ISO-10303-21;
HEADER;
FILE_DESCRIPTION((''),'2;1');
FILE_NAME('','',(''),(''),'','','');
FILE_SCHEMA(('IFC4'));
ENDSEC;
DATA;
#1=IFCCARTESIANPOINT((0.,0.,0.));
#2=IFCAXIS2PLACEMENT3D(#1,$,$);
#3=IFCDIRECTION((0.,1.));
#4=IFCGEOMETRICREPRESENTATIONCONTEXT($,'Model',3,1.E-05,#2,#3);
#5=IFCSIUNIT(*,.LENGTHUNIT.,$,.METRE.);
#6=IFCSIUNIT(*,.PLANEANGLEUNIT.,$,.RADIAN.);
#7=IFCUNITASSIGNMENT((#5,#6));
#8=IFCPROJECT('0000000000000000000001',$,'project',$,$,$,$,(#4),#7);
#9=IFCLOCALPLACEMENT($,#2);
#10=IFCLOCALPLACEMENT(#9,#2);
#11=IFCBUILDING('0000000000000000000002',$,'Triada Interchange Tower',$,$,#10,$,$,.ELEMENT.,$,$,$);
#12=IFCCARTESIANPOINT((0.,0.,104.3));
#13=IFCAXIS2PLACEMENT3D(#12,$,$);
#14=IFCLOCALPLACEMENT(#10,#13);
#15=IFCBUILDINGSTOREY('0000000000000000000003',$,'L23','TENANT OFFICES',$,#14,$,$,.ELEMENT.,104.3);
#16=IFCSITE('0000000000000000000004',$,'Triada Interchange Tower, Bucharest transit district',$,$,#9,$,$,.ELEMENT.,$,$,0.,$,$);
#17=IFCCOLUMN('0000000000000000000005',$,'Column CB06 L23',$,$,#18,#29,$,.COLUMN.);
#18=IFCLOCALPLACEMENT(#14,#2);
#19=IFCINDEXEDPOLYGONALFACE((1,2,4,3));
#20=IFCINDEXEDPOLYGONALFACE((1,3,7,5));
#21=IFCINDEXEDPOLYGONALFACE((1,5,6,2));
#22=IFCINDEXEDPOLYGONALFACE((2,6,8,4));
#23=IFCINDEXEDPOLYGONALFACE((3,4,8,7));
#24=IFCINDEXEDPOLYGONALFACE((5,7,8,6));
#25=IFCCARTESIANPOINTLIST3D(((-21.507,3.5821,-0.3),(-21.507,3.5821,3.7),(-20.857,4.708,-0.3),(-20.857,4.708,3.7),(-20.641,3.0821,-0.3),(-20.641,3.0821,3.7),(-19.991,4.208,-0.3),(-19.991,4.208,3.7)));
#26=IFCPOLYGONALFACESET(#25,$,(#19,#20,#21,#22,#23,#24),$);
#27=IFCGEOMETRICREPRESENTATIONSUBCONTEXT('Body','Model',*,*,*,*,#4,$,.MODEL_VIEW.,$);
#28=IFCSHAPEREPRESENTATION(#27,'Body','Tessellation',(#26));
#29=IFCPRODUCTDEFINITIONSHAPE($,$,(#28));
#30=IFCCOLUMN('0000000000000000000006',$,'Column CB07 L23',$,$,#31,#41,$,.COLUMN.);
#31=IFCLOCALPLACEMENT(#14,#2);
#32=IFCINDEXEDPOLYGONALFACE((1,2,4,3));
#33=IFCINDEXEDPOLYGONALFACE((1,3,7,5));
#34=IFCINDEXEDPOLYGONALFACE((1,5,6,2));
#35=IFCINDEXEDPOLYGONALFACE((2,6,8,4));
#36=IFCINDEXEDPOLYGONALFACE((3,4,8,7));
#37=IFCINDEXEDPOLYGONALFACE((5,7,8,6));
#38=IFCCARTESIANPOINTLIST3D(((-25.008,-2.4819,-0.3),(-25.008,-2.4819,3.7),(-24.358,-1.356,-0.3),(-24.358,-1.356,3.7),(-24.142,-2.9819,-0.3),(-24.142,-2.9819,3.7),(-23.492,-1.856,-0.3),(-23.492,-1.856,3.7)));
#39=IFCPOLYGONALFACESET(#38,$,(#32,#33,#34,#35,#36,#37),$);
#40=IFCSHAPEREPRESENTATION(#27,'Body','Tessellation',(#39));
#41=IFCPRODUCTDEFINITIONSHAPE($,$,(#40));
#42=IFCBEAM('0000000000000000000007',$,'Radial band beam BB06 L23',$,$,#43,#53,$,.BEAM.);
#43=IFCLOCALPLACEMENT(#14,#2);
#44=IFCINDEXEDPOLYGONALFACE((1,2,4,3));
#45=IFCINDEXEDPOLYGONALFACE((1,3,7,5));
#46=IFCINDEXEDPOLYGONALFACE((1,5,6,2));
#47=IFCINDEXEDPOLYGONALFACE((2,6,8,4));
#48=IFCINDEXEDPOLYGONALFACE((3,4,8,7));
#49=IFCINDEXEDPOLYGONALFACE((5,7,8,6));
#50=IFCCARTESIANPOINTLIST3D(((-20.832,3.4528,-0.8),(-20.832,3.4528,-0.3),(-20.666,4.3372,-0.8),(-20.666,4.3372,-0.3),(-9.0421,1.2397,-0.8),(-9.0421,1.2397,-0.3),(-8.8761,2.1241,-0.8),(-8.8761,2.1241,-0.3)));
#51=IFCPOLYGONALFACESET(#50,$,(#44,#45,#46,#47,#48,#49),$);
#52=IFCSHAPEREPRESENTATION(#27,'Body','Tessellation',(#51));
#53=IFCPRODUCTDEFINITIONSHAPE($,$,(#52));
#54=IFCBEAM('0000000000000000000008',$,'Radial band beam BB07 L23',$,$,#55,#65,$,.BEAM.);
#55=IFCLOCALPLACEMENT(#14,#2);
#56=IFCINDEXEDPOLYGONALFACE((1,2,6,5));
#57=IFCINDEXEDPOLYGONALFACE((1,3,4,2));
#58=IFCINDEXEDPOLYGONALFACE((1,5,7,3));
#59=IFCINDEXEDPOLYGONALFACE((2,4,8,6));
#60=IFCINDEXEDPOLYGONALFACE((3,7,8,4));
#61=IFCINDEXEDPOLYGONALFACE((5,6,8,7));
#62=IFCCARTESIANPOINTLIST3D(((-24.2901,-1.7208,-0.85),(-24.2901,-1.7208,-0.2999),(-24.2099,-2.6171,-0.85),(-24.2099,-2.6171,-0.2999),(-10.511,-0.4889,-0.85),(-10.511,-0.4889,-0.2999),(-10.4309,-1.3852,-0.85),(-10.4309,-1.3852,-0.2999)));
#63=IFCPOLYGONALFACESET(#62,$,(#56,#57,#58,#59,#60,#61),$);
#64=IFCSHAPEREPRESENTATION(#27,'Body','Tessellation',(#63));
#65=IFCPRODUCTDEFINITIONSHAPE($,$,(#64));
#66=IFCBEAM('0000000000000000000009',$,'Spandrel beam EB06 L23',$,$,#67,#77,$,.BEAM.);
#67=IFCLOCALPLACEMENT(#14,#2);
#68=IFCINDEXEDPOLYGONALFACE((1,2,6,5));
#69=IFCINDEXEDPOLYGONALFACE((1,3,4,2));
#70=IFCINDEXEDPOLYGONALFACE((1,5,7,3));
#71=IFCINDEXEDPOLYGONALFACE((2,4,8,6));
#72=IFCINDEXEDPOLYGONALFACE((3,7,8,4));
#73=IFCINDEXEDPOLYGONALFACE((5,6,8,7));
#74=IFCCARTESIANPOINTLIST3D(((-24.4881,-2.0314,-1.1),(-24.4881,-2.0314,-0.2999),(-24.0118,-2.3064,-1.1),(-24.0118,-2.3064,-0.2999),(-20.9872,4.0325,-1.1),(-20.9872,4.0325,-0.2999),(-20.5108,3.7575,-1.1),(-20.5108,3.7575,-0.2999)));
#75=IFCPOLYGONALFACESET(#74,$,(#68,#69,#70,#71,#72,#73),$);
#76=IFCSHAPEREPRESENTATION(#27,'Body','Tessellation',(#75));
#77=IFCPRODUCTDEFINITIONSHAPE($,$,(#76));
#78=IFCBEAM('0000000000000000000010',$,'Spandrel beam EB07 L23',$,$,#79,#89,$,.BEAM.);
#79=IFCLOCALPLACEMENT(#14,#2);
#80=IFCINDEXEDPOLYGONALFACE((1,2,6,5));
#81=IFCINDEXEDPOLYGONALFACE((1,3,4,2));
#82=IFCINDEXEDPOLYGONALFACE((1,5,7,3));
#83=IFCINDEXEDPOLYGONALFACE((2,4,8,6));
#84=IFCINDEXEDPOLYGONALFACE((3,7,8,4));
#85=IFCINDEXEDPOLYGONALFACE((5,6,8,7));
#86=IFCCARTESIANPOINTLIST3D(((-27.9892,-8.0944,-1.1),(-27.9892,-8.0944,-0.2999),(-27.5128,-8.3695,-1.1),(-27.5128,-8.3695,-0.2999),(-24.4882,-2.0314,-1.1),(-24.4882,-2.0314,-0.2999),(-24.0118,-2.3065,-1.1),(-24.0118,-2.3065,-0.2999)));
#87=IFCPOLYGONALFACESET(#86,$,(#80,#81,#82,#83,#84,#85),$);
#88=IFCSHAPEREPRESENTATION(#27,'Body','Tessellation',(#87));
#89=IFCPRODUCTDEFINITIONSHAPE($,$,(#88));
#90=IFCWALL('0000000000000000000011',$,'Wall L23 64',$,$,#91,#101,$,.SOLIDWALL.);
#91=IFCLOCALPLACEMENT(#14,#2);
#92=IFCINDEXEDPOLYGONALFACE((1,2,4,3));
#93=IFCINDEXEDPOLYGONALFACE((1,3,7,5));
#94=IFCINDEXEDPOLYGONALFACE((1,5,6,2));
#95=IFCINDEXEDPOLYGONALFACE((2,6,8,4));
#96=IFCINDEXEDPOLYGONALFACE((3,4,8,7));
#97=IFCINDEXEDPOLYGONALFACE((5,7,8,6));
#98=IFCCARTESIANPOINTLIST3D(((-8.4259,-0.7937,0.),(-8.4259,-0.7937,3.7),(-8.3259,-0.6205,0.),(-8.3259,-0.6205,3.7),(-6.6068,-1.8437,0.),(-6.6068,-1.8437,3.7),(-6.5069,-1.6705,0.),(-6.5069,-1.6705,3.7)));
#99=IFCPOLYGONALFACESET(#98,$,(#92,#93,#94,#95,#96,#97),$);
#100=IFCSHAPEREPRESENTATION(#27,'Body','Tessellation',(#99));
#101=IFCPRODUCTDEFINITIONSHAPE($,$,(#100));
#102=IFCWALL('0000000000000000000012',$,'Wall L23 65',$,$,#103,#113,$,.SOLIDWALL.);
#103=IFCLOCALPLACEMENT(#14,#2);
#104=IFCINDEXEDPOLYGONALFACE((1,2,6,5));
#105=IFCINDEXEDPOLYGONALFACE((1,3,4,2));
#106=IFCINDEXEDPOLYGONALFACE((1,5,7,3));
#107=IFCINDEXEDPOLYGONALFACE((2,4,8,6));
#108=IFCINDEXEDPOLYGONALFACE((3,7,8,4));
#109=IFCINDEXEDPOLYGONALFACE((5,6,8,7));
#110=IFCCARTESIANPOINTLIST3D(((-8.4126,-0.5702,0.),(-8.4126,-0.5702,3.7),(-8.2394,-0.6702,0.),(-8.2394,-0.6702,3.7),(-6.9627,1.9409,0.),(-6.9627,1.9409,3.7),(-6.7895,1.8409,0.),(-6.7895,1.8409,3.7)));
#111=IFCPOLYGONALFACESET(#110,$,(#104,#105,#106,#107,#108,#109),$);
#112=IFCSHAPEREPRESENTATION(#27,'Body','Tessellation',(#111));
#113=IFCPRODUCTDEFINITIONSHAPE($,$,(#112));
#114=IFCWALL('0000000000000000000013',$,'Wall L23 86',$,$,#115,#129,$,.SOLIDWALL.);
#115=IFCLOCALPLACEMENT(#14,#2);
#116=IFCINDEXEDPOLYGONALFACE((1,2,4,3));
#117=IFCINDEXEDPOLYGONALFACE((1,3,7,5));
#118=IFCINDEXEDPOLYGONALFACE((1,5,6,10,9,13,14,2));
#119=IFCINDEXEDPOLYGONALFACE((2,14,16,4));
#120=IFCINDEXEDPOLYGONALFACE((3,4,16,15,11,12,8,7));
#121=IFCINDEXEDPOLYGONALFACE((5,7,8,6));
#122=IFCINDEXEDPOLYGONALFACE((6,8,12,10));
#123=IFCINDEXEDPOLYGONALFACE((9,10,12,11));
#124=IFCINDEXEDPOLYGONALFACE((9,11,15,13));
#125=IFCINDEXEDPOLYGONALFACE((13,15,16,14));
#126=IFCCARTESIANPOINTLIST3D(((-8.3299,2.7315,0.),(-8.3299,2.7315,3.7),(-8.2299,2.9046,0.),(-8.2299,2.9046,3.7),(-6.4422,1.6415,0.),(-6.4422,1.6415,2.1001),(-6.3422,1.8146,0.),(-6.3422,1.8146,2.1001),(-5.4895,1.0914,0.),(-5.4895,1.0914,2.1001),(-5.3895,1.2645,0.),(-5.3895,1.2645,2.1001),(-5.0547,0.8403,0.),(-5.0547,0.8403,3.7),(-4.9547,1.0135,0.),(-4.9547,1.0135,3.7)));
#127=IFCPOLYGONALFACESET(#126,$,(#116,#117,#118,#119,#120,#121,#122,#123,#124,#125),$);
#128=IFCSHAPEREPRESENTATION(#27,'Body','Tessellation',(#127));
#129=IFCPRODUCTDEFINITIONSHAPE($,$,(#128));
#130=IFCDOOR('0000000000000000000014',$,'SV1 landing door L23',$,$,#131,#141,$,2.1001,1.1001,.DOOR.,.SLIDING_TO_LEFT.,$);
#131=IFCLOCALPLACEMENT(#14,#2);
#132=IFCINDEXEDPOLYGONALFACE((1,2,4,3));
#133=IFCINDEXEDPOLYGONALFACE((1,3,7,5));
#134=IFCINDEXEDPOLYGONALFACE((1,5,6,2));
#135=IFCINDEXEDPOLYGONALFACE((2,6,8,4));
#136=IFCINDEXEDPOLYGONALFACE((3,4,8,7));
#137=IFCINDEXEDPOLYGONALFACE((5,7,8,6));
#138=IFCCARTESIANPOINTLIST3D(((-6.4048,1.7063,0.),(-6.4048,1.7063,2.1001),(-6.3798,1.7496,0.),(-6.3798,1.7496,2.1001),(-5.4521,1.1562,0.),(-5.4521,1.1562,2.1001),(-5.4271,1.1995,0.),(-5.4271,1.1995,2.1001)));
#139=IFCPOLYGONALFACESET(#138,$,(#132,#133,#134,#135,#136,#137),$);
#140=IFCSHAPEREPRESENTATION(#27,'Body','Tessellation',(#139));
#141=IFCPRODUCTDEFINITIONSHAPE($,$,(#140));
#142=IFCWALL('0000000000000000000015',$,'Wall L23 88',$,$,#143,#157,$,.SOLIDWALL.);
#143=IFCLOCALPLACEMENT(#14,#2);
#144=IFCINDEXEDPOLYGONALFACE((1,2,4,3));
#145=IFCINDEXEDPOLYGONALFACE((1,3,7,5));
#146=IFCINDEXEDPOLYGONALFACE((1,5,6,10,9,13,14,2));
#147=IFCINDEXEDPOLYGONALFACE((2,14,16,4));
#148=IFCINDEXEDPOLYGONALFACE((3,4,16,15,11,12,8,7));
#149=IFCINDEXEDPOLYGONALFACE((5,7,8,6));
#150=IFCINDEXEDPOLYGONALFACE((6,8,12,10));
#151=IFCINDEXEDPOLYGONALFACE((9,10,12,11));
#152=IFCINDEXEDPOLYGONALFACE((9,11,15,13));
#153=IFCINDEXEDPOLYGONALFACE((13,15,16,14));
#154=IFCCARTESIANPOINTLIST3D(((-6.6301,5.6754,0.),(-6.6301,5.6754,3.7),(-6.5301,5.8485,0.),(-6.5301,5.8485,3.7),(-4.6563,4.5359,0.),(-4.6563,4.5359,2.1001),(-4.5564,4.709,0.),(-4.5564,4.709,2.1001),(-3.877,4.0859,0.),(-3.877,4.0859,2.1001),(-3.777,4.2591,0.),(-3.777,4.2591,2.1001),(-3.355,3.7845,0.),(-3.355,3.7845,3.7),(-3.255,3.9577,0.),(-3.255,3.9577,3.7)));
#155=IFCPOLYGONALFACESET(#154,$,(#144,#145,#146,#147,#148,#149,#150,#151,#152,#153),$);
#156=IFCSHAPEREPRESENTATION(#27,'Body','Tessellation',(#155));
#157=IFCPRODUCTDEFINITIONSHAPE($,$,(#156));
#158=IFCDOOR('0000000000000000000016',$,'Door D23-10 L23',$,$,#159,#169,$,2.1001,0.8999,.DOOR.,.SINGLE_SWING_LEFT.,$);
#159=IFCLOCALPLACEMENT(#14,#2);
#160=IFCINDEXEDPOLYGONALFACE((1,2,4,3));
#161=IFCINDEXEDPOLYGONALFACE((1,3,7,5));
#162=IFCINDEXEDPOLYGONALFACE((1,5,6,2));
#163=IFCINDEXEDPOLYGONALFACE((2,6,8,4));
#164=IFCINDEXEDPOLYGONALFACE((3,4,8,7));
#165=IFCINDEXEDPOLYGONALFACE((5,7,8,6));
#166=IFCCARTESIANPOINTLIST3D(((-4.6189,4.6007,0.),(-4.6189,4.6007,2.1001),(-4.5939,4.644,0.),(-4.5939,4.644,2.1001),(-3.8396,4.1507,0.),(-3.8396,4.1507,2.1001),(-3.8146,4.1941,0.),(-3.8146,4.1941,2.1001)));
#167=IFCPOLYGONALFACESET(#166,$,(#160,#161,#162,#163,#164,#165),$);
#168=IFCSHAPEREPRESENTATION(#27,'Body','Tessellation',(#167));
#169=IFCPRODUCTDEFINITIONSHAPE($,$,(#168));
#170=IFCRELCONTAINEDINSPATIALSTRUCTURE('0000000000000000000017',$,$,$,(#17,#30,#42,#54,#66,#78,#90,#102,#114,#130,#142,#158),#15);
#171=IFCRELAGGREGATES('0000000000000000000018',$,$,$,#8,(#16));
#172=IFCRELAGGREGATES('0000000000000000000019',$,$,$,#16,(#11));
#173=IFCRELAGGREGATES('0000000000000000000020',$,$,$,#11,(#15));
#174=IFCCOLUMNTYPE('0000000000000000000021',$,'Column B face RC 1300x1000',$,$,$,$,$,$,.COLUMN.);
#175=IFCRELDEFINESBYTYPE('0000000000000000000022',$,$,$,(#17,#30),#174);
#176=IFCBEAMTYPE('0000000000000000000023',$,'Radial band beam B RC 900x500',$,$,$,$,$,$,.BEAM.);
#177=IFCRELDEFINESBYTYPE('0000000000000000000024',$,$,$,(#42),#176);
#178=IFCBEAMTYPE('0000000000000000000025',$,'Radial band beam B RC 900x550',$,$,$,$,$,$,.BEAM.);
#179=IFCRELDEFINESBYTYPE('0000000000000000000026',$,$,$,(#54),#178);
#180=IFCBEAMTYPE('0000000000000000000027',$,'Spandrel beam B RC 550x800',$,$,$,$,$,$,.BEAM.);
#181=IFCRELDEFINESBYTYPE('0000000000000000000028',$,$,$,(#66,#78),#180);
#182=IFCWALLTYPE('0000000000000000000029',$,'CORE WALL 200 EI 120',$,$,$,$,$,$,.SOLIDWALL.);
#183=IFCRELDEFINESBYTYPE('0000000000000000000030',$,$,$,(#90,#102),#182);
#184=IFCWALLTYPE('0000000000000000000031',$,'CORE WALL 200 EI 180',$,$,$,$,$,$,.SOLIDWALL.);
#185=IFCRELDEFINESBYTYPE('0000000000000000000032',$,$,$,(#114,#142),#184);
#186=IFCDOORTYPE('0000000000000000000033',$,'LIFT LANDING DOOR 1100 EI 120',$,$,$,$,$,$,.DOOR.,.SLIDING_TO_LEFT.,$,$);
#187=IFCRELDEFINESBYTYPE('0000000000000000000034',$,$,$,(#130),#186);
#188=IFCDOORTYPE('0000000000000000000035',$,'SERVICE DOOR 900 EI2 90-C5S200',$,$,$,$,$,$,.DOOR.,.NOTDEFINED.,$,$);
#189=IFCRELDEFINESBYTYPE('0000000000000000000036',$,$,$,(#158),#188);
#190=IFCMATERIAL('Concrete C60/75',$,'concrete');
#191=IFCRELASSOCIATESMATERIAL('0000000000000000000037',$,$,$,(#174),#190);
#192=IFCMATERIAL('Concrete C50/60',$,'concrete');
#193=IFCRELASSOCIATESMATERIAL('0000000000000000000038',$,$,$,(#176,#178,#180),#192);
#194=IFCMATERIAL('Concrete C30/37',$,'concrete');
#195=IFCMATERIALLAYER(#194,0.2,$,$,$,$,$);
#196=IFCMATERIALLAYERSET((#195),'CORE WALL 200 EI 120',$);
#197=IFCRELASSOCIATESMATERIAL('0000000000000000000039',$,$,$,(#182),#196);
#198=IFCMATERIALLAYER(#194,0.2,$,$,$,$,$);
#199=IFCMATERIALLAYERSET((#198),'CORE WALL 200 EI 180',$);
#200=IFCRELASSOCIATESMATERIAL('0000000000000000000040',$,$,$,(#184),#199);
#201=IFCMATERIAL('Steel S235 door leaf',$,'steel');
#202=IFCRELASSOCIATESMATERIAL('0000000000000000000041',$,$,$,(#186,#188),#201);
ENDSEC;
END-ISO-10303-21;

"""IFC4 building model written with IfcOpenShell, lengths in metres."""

from ifc_helpers import new_model, si_unit, direction, frame, frame_2d, origin, origin_2d, place, context, subcontext, project, spatial, rectangle, extrude, material, layer, layer_set, material_profile, profile_set, type_object, element, fill, save


model = new_model("IFC4")

# Units and contexts
model_context = context("Model", 3, precision=1e-05, world=origin(), true_north=direction((0.0, 1.0)))
body_context = subcontext(model_context, "Body", "Model", "MODEL_VIEW")
ifc_project = project(units=[si_unit("LENGTHUNIT", "METRE"), si_unit("PLANEANGLEUNIT", "RADIAN")], contexts=[model_context])

# Site, building, storey
site_placement = place(None, origin())
site = spatial("IfcSite", under=ifc_project, at=site_placement, Name="Triada Interchange Tower, Bucharest transit district", CompositionType="ELEMENT", RefElevation=0.0)
building_placement = place(site_placement, origin())
building = spatial("IfcBuilding", under=site, at=building_placement, Name="Triada Interchange Tower", CompositionType="ELEMENT")
storey_placement = place(building_placement, frame((0.0, 0.0, 104.3)))
storey = spatial("IfcBuildingStorey", under=building, at=storey_placement, Name="L23", Description="TENANT OFFICES", CompositionType="ELEMENT", Elevation=104.3)

# Columns
ifc_material_1 = material(Name="Concrete C60/75", Category="concrete")
ifc_material_profile_1 = material_profile(ifc_material_1, rectangle(XDim=1.3, YDim=1.0, at=origin_2d()), Name="RC 1300x1000")
ifc_profile_set_1 = profile_set([ifc_material_profile_1], Name="Concrete C60/75")
column_type = type_object("IfcColumnType", Name="Column B face RC 1300x1000", PredefinedType="COLUMN", material=ifc_profile_set_1)
for number, where, z_axis, x_axis, name in (
    (1, (-20.749, 3.895, -0.3), (0.0, 0.0, 1.0), (0.5, 0.866025, 0.0), "Column CB06 L23"),
    (2, (-24.25, -2.1689, -0.3), (0.0, 0.0, 1.0), (0.5, 0.866025, 0.0), "Column CB07 L23"),
):
    element("IfcColumn", number, at=place(storey_placement, frame(where, z_axis=z_axis, x_axis=x_axis)), inside=storey, type_object=column_type, Name=name, PredefinedType="COLUMN", context=body_context, shape_type="SweptSolid", body=[
        extrude(rectangle(XDim=1.3, YDim=1.0, at=origin_2d()), origin(), (0.0, 0.0, 1.0), 4.0),
    ])

# Beams
ifc_material_2 = material(Name="Concrete C50/60", Category="concrete")
ifc_material_profile_2 = material_profile(ifc_material_2, rectangle(XDim=0.8999, YDim=0.5, at=origin_2d()), Name="RC 900x500")
ifc_profile_set_2 = profile_set([ifc_material_profile_2], Name="Concrete C50/60")
beam_type_1 = type_object("IfcBeamType", Name="Radial band beam B RC 900x500", PredefinedType="BEAM", material=ifc_profile_set_2)
beam_1_placement = place(storey_placement, frame((-20.749, 3.895, -0.55), z_axis=(0.982834, -0.18449, 0.0), x_axis=(0.18449, 0.982834, 0.0)))
element("IfcBeam", 3, at=beam_1_placement, inside=storey, type_object=beam_type_1, Name="Radial band beam BB06 L23", PredefinedType="BEAM", context=body_context, shape_type="SweptSolid", body=[
    extrude(rectangle(XDim=0.8999, YDim=0.5, at=origin_2d()), origin(), (0.0, 0.0, 1.0), 11.9958),
])
ifc_material_profile_3 = material_profile(ifc_material_2, rectangle(XDim=0.8999, YDim=0.55, at=origin_2d()), Name="RC 900x550")
ifc_profile_set_3 = profile_set([ifc_material_profile_3], Name="Concrete C50/60")
beam_type_2 = type_object("IfcBeamType", Name="Radial band beam B RC 900x550", PredefinedType="BEAM", material=ifc_profile_set_3)
beam_2_placement = place(storey_placement, frame((-24.25, -2.1689, -0.575), z_axis=(0.996027, 0.089051, 0.0), x_axis=(-0.089051, 0.996027, 0.0)))
element("IfcBeam", 4, at=beam_2_placement, inside=storey, type_object=beam_type_2, Name="Radial band beam BB07 L23", PredefinedType="BEAM", context=body_context, shape_type="SweptSolid", body=[
    extrude(rectangle(XDim=0.8999, YDim=0.55, at=origin_2d()), origin(), (0.0, 0.0, 1.0), 13.834),
])
ifc_material_profile_4 = material_profile(ifc_material_2, rectangle(XDim=0.55, YDim=0.8, at=origin_2d()), Name="RC 550x800")
ifc_profile_set_4 = profile_set([ifc_material_profile_4], Name="Concrete C50/60")
beam_type_3 = type_object("IfcBeamType", Name="Spandrel beam B RC 550x800", PredefinedType="BEAM", material=ifc_profile_set_4)
beam_3_placement = place(storey_placement, frame((-20.749, 3.895, -0.7), z_axis=(-0.499994, -0.866029, 0.0), x_axis=(0.866029, -0.499994, 0.0)))
element("IfcBeam", 5, at=beam_3_placement, inside=storey, type_object=beam_type_3, Name="Spandrel beam EB06 L23", PredefinedType="BEAM", context=body_context, shape_type="SweptSolid", body=[
    extrude(rectangle(XDim=0.55, YDim=0.8, at=origin_2d()), origin(), (0.0, 0.0, 1.0), 7.002),
])
beam_4_placement = place(storey_placement, frame((-24.25, -2.1689, -0.7), z_axis=(-0.500054, -0.865994, 0.0), x_axis=(0.865994, -0.500054, 0.0)))
element("IfcBeam", 6, at=beam_4_placement, inside=storey, type_object=beam_type_3, Name="Spandrel beam EB07 L23", PredefinedType="BEAM", context=body_context, shape_type="SweptSolid", body=[
    extrude(rectangle(XDim=0.55, YDim=0.8, at=origin_2d()), origin(), (0.0, 0.0, 1.0), 7.0012),
])

# Walls
ifc_material_3 = material(Name="Concrete C30/37", Category="concrete")
ifc_layer_1 = layer(ifc_material_3, 0.2)
ifc_layer_set_1 = layer_set([ifc_layer_1], Name="CORE WALL 200 EI 120")
wall_type_1 = type_object("IfcWallType", Name="CORE WALL 200 EI 120", PredefinedType="SOLIDWALL", material=ifc_layer_set_1)
wall_1_placement = place(storey_placement, frame((-8.376, -0.707, 0.0), z_axis=(0.0, 0.0, 1.0), x_axis=(0.866068, -0.499927, 0.0)))
element("IfcWall", 7, at=wall_1_placement, inside=storey, type_object=wall_type_1, Name="Wall L23 64", PredefinedType="SOLIDWALL", context=body_context, shape_type="SweptSolid", body=[
    extrude(rectangle(XDim=2.1003, YDim=0.2, at=frame_2d((1.0503, 0.0))), origin(), (0.0, 0.0, 1.0), 3.7),
])
wall_2_placement = place(storey_placement, frame((-8.3259, -0.6201, 0.0), z_axis=(0.0, 0.0, 1.0), x_axis=(0.500024, 0.866012, 0.0)))
element("IfcWall", 8, at=wall_2_placement, inside=storey, type_object=wall_type_1, Name="Wall L23 65", PredefinedType="SOLIDWALL", context=body_context, shape_type="SweptSolid", body=[
    extrude(rectangle(XDim=2.8997, YDim=0.2, at=frame_2d((1.4497, 0.0))), origin(), (0.0, 0.0, 1.0), 3.7),
])

# Walls, openings, doors
ifc_layer_2 = layer(ifc_material_3, 0.2)
ifc_layer_set_2 = layer_set([ifc_layer_2], Name="CORE WALL 200 EI 180")
wall_type_2 = type_object("IfcWallType", Name="CORE WALL 200 EI 180", PredefinedType="SOLIDWALL", material=ifc_layer_set_2)
wall_3_placement = place(storey_placement, frame((-8.28, 2.8181, 0.0), z_axis=(0.0, 0.0, 1.0), x_axis=(0.866002, -0.500041, 0.0)))
wall_3 = element("IfcWall", 9, at=wall_3_placement, inside=storey, type_object=wall_type_2, Name="Wall L23 86", PredefinedType="SOLIDWALL", context=body_context, shape_type="SweptSolid", body=[
    extrude(rectangle(XDim=3.782, YDim=0.2, at=frame_2d((1.8911, 0.0))), origin(), (0.0, 0.0, 1.0), 3.7),
])
opening_1_placement = place(wall_3_placement, frame((2.1799, 0.0, 0.0)))
opening_1 = element("IfcOpeningElement", 10, at=opening_1_placement, cuts=wall_3, PredefinedType="OPENING", context=body_context, shape_type="SweptSolid", body=[
    extrude(rectangle(XDim=1.1001, YDim=2.1001, at=frame_2d((0.55, 1.05))), frame((0.0, 0.1099, 0.0), z_axis=(0.0, -1.0, 0.0), x_axis=(1.0, 0.0, 0.0)), (0.0, 0.0, 1.0), 0.22),
])
ifc_material_4 = material(Name="Steel S235 door leaf", Category="steel")
door_type_1 = type_object("IfcDoorType", Name="LIFT LANDING DOOR 1100 EI 120", OperationType="SLIDING_TO_LEFT", PredefinedType="DOOR", material=ifc_material_4)
door_1_placement = place(opening_1_placement, origin())
door_1 = element("IfcDoor", 11, at=door_1_placement, inside=storey, type_object=door_type_1, Name="SV1 landing door L23", OperationType="SLIDING_TO_LEFT", OverallHeight=2.1001, OverallWidth=1.1001, PredefinedType="DOOR", context=body_context, shape_type="SweptSolid", body=[
    extrude(rectangle(XDim=1.1001, YDim=2.1001, at=frame_2d((0.55, 1.05))), frame((0.0, 0.0249, 0.0), z_axis=(0.0, -1.0, 0.0), x_axis=(1.0, 0.0, 0.0)), (0.0, 0.0, 1.0), 0.05),
])
fill(opening_1, door_1)
wall_4_placement = place(storey_placement, frame((-6.5801, 5.762, 0.0), z_axis=(0.0, 0.0, 1.0), x_axis=(0.86603, -0.499993, 0.0)))
wall_4 = element("IfcWall", 12, at=wall_4_placement, inside=storey, type_object=wall_type_2, Name="Wall L23 88", PredefinedType="SOLIDWALL", context=body_context, shape_type="SweptSolid", body=[
    extrude(rectangle(XDim=3.7817, YDim=0.2, at=frame_2d((1.8909, 0.0))), origin(), (0.0, 0.0, 1.0), 3.7),
])
opening_2_placement = place(wall_4_placement, frame((2.2791, 0.0, 0.0)))
opening_2 = element("IfcOpeningElement", 13, at=opening_2_placement, cuts=wall_4, PredefinedType="OPENING", context=body_context, shape_type="SweptSolid", body=[
    extrude(rectangle(XDim=0.8999, YDim=2.1001, at=frame_2d((0.45, 1.05))), frame((0.0, 0.1099, 0.0), z_axis=(0.0, -1.0, 0.0), x_axis=(1.0, 0.0, 0.0)), (0.0, 0.0, 1.0), 0.22),
])
door_type_2 = type_object("IfcDoorType", Name="SERVICE DOOR 900 EI2 90-C5S200", OperationType="NOTDEFINED", PredefinedType="DOOR", material=ifc_material_4)
door_2_placement = place(opening_2_placement, origin())
door_2 = element("IfcDoor", 14, at=door_2_placement, inside=storey, type_object=door_type_2, Name="Door D23-10 L23", OperationType="SINGLE_SWING_LEFT", OverallHeight=2.1001, OverallWidth=0.8999, PredefinedType="DOOR", context=body_context, shape_type="SweptSolid", body=[
    extrude(rectangle(XDim=0.8999, YDim=2.1001, at=frame_2d((0.45, 1.05))), frame((0.0, 0.0249, 0.0), z_axis=(0.0, -1.0, 0.0), x_axis=(1.0, 0.0, 0.0)), (0.0, 0.0, 1.0), 0.05),
])
fill(opening_2, door_2)

save(model, "model.ifc")
